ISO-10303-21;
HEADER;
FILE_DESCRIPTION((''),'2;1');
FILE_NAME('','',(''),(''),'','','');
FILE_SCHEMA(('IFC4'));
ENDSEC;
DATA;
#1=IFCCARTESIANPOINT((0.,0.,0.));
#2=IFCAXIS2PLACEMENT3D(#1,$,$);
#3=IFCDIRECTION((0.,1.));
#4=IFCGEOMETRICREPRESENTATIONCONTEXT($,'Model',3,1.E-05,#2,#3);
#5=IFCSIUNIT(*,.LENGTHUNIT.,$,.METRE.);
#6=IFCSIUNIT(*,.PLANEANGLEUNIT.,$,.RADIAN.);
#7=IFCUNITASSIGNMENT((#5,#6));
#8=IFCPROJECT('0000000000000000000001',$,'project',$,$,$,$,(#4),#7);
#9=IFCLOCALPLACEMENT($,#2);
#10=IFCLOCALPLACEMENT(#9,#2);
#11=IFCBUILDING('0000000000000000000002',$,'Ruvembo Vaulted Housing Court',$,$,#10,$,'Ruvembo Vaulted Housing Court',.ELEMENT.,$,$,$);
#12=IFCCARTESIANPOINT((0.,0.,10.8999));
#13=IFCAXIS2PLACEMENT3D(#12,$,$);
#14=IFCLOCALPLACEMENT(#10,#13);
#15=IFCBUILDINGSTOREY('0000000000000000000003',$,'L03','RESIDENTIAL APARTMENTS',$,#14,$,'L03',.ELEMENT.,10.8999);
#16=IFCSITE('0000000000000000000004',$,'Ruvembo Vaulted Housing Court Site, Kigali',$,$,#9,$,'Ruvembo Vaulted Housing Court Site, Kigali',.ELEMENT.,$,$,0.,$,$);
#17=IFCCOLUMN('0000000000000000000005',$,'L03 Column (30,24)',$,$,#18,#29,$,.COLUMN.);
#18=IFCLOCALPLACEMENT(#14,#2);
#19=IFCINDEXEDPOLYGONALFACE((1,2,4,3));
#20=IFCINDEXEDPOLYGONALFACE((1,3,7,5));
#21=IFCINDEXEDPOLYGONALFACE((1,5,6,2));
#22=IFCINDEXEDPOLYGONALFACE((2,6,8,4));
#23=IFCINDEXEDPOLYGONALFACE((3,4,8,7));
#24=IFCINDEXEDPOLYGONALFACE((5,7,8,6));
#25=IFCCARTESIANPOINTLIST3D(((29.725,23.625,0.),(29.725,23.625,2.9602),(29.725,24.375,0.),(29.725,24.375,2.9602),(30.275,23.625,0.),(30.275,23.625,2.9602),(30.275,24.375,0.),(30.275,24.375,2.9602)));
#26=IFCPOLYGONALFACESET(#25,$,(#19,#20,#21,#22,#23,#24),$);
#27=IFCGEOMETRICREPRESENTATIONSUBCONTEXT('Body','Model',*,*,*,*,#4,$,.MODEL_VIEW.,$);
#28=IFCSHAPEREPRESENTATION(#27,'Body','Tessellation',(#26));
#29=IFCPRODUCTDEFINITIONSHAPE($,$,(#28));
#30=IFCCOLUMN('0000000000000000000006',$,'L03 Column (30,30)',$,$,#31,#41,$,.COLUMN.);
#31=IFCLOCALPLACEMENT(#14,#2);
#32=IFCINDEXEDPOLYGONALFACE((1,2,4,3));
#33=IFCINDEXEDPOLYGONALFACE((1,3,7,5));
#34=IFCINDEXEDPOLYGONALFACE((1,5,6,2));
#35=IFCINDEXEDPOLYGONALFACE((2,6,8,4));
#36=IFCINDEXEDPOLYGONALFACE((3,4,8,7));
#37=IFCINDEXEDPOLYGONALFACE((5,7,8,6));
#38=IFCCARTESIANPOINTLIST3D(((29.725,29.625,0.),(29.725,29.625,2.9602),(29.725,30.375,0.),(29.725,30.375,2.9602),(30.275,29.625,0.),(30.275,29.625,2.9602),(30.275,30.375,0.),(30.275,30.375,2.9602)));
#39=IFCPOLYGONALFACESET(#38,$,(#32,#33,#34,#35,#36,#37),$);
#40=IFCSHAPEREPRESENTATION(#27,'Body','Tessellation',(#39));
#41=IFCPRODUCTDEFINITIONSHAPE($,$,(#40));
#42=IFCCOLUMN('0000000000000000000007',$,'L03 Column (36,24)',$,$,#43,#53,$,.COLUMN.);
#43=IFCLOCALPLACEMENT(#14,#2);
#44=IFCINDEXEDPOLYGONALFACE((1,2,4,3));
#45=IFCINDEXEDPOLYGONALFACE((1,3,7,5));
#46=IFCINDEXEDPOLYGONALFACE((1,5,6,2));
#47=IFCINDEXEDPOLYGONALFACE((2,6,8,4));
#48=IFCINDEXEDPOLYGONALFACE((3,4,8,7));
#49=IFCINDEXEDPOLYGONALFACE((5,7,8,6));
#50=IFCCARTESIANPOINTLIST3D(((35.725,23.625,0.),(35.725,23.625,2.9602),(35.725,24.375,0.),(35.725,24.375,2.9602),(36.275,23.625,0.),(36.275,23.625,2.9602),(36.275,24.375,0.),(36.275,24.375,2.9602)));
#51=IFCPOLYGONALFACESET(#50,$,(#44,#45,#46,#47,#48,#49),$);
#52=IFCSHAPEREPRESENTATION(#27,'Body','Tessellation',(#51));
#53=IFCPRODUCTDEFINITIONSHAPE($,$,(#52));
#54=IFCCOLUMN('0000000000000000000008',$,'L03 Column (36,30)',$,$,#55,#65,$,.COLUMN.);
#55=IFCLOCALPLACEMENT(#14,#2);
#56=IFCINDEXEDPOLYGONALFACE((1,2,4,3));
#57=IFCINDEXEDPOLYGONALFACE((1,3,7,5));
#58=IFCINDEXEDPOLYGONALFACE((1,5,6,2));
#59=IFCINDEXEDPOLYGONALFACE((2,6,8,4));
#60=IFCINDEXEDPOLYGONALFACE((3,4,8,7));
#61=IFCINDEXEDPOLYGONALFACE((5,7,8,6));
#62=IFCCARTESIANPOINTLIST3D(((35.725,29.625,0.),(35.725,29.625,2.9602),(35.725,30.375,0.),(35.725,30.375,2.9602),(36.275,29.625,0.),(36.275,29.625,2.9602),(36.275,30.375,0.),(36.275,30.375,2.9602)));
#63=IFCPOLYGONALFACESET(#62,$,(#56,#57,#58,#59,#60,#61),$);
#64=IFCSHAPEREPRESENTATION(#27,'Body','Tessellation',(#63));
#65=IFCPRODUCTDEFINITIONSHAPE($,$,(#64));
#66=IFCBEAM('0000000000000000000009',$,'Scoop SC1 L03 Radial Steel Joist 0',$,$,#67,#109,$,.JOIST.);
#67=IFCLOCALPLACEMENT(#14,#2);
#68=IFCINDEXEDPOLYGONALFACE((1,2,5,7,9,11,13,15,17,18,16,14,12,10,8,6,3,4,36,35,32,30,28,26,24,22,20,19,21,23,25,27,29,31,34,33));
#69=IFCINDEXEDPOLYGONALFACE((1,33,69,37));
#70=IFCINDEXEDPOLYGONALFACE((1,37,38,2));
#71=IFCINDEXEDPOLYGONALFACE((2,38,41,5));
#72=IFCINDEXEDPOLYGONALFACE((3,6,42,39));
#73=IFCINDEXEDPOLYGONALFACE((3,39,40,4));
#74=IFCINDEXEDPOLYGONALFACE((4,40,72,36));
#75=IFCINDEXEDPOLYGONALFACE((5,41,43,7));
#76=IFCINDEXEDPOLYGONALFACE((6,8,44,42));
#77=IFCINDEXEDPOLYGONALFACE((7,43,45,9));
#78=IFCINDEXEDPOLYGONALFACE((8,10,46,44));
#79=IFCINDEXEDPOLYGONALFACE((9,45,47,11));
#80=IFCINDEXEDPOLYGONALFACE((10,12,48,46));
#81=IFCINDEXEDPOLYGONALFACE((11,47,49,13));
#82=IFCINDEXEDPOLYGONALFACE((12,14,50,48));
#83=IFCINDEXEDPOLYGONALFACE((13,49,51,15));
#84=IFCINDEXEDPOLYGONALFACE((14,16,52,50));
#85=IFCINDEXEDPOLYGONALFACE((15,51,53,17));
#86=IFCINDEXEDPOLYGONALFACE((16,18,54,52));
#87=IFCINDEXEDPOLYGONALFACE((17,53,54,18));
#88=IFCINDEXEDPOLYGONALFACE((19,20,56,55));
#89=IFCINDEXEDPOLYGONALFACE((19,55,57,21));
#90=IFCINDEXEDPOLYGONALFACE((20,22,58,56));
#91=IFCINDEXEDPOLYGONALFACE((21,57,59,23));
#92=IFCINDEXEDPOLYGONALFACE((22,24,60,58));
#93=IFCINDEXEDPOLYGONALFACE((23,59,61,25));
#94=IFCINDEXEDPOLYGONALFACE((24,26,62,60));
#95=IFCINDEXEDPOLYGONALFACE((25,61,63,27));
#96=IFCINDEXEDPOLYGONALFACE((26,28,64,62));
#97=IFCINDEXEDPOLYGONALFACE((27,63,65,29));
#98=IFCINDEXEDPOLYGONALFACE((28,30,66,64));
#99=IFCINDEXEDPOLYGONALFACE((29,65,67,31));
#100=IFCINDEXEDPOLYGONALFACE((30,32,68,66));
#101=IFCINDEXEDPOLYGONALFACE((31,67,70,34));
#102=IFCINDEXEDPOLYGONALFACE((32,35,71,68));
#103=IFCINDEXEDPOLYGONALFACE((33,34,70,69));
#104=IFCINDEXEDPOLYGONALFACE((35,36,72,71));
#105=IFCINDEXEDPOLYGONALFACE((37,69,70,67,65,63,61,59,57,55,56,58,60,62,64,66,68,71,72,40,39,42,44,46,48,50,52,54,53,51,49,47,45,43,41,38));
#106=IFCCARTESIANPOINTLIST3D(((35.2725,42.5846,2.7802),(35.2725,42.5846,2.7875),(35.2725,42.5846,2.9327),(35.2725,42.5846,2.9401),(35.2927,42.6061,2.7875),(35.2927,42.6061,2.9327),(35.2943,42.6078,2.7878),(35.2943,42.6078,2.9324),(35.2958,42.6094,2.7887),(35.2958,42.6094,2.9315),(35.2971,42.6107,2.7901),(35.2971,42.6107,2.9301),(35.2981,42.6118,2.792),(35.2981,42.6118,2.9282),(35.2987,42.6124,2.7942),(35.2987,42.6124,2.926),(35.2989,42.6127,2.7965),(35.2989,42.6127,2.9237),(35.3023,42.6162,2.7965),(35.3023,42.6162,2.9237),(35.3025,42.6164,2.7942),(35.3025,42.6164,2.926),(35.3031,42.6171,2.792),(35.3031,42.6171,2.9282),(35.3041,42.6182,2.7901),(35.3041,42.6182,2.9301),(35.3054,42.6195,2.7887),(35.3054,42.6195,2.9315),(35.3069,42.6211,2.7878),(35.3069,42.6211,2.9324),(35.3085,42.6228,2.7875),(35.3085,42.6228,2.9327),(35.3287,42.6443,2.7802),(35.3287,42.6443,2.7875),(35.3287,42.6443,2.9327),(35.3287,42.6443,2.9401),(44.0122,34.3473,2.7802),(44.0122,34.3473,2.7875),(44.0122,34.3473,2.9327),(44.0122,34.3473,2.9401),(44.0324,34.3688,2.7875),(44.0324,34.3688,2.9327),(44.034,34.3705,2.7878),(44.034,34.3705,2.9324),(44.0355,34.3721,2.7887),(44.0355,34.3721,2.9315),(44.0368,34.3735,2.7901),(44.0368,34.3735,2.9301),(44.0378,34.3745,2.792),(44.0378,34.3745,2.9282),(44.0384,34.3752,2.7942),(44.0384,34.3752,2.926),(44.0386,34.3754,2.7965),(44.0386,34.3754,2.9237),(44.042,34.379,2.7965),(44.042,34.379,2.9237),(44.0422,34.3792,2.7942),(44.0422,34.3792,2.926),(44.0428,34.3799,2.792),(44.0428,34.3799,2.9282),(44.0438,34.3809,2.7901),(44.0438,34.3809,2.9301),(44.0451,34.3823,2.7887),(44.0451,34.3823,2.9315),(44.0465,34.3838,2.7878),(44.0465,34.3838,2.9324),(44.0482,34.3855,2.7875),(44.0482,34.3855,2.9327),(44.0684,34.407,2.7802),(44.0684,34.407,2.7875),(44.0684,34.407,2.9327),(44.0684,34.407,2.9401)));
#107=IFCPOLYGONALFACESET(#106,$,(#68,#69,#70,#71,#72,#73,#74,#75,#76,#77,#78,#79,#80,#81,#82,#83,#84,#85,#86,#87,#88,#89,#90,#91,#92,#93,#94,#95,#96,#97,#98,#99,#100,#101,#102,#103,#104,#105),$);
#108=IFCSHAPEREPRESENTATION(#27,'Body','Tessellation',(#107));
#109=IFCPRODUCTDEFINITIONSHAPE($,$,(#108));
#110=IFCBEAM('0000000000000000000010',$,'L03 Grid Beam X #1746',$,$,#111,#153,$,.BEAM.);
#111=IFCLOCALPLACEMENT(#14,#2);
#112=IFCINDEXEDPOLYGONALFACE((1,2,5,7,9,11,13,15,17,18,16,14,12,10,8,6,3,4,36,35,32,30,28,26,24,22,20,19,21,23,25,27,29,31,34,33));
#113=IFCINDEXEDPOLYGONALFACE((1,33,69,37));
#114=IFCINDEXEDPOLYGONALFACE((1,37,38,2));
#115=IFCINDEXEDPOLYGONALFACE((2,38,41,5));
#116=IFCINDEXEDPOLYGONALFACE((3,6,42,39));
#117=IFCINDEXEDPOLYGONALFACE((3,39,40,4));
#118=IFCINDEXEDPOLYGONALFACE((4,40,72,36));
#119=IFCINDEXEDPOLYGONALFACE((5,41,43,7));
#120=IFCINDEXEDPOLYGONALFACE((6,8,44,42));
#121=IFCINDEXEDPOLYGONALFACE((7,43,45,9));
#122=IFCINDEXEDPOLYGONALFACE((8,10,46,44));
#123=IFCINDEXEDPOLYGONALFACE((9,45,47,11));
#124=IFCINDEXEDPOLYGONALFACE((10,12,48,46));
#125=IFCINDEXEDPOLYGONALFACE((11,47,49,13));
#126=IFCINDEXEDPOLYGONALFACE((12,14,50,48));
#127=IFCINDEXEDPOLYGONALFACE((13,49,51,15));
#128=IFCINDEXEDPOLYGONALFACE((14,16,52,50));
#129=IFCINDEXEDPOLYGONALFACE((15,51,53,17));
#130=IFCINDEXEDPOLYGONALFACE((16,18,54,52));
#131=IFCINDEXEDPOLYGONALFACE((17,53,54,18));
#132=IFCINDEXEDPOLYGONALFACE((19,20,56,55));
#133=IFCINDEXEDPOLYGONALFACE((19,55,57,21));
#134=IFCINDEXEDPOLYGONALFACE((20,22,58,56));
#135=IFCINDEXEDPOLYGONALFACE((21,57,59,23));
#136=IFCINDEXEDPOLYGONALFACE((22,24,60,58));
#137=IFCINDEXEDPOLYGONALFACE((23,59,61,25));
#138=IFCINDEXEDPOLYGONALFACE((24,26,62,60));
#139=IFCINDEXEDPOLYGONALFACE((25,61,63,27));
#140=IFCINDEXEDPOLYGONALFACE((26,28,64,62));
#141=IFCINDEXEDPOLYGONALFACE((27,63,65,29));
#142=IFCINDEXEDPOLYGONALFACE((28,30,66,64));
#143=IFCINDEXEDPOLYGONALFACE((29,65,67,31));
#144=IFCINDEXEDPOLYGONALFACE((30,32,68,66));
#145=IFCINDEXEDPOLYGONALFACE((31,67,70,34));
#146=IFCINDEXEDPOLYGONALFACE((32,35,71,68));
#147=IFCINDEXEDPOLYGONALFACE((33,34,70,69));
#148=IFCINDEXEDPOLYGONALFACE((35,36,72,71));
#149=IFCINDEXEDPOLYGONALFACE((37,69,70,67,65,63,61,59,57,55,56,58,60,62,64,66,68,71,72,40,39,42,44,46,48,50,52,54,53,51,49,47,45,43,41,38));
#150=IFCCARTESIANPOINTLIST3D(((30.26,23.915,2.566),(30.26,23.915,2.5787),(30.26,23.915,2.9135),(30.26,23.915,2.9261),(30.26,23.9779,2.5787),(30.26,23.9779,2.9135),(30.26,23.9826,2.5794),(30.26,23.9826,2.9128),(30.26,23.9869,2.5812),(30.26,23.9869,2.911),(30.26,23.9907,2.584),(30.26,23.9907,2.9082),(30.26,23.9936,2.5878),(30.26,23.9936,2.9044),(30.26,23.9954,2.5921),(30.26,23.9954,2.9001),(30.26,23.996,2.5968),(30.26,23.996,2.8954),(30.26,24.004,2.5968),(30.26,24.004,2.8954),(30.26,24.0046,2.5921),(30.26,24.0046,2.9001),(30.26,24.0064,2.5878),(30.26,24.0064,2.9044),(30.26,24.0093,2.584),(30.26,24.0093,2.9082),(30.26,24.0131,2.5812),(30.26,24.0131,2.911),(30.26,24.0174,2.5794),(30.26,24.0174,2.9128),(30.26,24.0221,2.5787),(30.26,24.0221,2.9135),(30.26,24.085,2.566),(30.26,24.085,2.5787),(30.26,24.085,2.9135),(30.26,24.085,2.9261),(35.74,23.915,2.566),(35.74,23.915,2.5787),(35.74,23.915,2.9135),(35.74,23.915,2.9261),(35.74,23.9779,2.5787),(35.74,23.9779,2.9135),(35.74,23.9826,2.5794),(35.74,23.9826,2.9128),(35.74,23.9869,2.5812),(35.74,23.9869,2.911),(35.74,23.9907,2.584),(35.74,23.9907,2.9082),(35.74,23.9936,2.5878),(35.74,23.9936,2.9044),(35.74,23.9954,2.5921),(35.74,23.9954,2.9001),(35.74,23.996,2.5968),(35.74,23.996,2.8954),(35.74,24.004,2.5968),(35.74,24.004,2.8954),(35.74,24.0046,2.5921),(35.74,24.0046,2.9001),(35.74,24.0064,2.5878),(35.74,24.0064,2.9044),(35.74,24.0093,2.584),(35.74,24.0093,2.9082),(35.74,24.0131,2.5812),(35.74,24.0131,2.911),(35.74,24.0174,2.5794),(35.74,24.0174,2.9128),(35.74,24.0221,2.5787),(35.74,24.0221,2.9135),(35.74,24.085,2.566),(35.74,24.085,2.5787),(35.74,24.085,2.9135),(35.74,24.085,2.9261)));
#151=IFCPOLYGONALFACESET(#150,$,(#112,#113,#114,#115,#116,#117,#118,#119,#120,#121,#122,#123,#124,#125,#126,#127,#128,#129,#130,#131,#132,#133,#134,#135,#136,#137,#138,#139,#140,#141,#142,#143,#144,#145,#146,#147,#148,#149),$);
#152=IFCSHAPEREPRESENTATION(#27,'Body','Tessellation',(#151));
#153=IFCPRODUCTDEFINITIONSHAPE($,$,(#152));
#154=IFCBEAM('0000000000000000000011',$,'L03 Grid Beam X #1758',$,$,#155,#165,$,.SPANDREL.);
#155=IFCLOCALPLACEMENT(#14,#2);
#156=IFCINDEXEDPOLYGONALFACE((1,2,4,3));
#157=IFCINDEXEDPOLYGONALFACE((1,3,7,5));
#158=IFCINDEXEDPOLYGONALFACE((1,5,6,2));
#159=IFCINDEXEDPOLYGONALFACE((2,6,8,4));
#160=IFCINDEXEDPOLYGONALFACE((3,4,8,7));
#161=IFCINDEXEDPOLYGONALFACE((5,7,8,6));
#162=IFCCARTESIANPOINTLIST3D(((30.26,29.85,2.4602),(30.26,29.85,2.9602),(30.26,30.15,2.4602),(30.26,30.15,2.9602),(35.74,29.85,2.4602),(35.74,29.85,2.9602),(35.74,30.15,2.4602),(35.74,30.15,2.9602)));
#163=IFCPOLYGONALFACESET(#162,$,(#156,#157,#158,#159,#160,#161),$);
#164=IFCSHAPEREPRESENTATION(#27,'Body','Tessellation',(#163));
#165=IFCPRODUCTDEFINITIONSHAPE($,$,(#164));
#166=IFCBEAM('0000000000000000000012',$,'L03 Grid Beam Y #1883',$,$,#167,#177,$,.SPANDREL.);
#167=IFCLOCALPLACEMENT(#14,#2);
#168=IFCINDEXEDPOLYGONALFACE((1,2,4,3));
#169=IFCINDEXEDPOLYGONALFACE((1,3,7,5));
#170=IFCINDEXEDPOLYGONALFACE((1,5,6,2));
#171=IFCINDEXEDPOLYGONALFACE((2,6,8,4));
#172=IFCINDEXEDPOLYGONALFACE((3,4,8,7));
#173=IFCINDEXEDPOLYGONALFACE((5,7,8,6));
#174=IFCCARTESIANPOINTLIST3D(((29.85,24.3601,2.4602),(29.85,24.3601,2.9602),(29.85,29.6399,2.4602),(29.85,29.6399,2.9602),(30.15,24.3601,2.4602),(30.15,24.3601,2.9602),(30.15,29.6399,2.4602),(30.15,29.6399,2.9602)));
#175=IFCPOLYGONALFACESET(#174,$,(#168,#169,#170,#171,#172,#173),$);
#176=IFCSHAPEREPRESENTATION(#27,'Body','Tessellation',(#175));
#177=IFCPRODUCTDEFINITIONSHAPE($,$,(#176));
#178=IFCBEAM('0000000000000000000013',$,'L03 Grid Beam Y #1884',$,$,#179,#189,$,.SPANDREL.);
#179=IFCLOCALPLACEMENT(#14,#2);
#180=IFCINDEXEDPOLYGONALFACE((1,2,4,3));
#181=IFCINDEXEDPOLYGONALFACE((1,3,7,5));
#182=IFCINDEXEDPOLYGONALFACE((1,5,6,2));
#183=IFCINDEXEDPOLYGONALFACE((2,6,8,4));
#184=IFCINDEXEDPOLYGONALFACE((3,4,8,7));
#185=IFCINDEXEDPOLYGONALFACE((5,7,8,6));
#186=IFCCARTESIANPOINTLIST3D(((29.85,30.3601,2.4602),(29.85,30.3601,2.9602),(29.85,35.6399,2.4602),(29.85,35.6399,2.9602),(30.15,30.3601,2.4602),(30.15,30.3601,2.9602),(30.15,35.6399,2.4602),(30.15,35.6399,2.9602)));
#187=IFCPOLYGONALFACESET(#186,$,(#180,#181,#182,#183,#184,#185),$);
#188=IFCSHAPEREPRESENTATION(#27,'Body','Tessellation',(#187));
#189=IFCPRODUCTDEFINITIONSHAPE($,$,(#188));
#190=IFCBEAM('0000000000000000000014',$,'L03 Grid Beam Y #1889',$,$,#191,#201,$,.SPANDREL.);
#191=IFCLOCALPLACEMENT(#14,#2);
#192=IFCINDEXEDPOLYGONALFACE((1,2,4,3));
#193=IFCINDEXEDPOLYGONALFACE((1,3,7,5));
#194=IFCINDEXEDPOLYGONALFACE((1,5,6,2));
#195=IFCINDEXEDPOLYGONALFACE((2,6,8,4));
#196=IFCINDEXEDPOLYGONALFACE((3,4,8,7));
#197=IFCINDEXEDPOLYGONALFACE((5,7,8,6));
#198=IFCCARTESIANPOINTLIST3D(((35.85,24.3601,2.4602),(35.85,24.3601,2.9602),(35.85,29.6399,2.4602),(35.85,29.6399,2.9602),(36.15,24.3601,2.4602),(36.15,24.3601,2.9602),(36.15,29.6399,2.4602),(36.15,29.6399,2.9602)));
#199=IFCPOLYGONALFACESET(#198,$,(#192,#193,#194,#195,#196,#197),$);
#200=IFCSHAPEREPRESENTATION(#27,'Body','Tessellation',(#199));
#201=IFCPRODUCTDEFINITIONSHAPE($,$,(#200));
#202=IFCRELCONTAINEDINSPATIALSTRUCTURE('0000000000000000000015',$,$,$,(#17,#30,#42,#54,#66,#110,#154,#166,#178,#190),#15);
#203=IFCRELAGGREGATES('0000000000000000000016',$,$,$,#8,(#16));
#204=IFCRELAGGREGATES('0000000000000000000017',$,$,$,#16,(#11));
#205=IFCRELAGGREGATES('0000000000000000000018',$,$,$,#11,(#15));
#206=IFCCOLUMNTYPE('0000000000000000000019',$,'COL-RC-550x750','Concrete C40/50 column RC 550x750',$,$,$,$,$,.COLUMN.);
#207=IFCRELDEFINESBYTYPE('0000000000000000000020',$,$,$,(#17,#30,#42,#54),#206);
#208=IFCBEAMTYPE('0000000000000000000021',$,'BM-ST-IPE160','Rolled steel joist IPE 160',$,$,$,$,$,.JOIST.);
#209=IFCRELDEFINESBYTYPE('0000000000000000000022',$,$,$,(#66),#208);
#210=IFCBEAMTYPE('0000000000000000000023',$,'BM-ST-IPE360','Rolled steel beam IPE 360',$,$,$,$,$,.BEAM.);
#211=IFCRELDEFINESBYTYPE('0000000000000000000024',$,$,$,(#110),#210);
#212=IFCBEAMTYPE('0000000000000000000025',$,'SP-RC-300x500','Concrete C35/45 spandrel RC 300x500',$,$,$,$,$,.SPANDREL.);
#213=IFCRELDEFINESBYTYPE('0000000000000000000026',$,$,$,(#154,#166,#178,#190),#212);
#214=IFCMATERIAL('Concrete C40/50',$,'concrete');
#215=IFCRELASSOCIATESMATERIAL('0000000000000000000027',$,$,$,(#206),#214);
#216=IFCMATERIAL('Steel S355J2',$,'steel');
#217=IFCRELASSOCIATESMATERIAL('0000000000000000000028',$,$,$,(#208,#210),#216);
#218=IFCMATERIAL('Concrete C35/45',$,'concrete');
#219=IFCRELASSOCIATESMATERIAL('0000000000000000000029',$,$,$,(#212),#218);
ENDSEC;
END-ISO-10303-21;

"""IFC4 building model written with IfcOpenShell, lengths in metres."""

from ifc_helpers import new_model, si_unit, direction, frame, origin, origin_2d, place, context, subcontext, project, spatial, rectangle, i_section, extrude, material, material_profile, profile_set, type_object, element, save


model = new_model("IFC4")

# Units and contexts
model_context = context("Model", 3, precision=1e-05, world=origin(), true_north=direction((0.0, 1.0)))
body_context = subcontext(model_context, "Body", "Model", "MODEL_VIEW")
ifc_project = project(units=[si_unit("LENGTHUNIT", "METRE"), si_unit("PLANEANGLEUNIT", "RADIAN")], contexts=[model_context])

# Site, building, storey
site_placement = place(None, origin())
site = spatial("IfcSite", under=ifc_project, at=site_placement, Name="Ruvembo Vaulted Housing Court Site, Kigali", LongName="Ruvembo Vaulted Housing Court Site, Kigali", CompositionType="ELEMENT", RefElevation=0.0)
building_placement = place(site_placement, origin())
building = spatial("IfcBuilding", under=site, at=building_placement, Name="Ruvembo Vaulted Housing Court", LongName="Ruvembo Vaulted Housing Court", CompositionType="ELEMENT")
storey_placement = place(building_placement, frame((0.0, 0.0, 10.8999)))
storey = spatial("IfcBuildingStorey", under=building, at=storey_placement, Name="L03", Description="RESIDENTIAL APARTMENTS", LongName="L03", CompositionType="ELEMENT", Elevation=10.8999)

# Columns
ifc_material_1 = material(Name="Concrete C40/50", Category="concrete")
ifc_material_profile_1 = material_profile(ifc_material_1, rectangle(XDim=0.55, YDim=0.75, at=origin_2d()), Name="RC 550x750")
ifc_profile_set_1 = profile_set([ifc_material_profile_1], Name="Concrete C40/50")
column_type = type_object("IfcColumnType", Name="COL-RC-550x750", Description="Concrete C40/50 column RC 550x750", PredefinedType="COLUMN", material=ifc_profile_set_1)
for number, where, z_axis, x_axis, name in (
    (1, (30.0, 24.0, 0.0), (0.0, 0.0, 1.0), (1.0, 0.0, 0.0), "L03 Column (30,24)"),
    (2, (30.0, 30.0, 0.0), (0.0, 0.0, 1.0), (1.0, 0.0, 0.0), "L03 Column (30,30)"),
    (3, (36.0, 24.0, 0.0), (0.0, 0.0, 1.0), (1.0, 0.0, 0.0), "L03 Column (36,24)"),
    (4, (36.0, 30.0, 0.0), (0.0, 0.0, 1.0), (1.0, 0.0, 0.0), "L03 Column (36,30)"),
):
    element("IfcColumn", number, at=place(storey_placement, frame(where, z_axis=z_axis, x_axis=x_axis)), inside=storey, type_object=column_type, Name=name, PredefinedType="COLUMN", context=body_context, shape_type="SweptSolid", body=[
        extrude(rectangle(XDim=0.55, YDim=0.75, at=origin_2d()), origin(), (0.0, 0.0, 1.0), 2.9602),
    ])

# Beams
ifc_material_2 = material(Name="Steel S355J2", Category="steel")
ifc_material_profile_2 = material_profile(ifc_material_2, i_section(OverallWidth=0.082, OverallDepth=0.1599, WebThickness=0.0049, FlangeThickness=0.0073, FilletRadius=0.009, at=origin_2d()), Name="IPE 160")
ifc_profile_set_2 = profile_set([ifc_material_profile_2], Name="Steel S355J2")
beam_type_1 = type_object("IfcBeamType", Name="BM-ST-IPE160", Description="Rolled steel joist IPE 160", PredefinedType="JOIST", material=ifc_profile_set_2)
beam_1_placement = place(storey_placement, frame((44.0403, 34.3772, 2.8601), z_axis=(-0.727715, 0.685879, 0.0), x_axis=(-0.685879, -0.727715, 0.0)))
element("IfcBeam", 5, at=beam_1_placement, inside=storey, type_object=beam_type_1, Name="Scoop SC1 L03 Radial Steel Joist 0", PredefinedType="JOIST", context=body_context, shape_type="SweptSolid", body=[
    extrude(i_section(OverallWidth=0.082, OverallDepth=0.1599, WebThickness=0.0049, FlangeThickness=0.0073, FilletRadius=0.009, at=origin_2d()), origin(), (0.0, 0.0, 1.0), 12.0098),
])
ifc_material_profile_3 = material_profile(ifc_material_2, i_section(OverallWidth=0.1699, OverallDepth=0.3601, WebThickness=0.0081, FlangeThickness=0.0127, FilletRadius=0.0181, at=origin_2d()), Name="IPE 360")
ifc_profile_set_3 = profile_set([ifc_material_profile_3], Name="Steel S355J2")
beam_type_2 = type_object("IfcBeamType", Name="BM-ST-IPE360", Description="Rolled steel beam IPE 360", PredefinedType="BEAM", material=ifc_profile_set_3)
beam_2_placement = place(storey_placement, frame((30.26, 24.0, 2.7461), z_axis=(1.0, 0.0, 0.0), x_axis=(0.0, 1.0, 0.0)))
element("IfcBeam", 6, at=beam_2_placement, inside=storey, type_object=beam_type_2, Name="L03 Grid Beam X #1746", PredefinedType="BEAM", context=body_context, shape_type="SweptSolid", body=[
    extrude(i_section(OverallWidth=0.1699, OverallDepth=0.3601, WebThickness=0.0081, FlangeThickness=0.0127, FilletRadius=0.0181, at=origin_2d()), origin(), (0.0, 0.0, 1.0), 5.48),
])
ifc_material_3 = material(Name="Concrete C35/45", Category="concrete")
ifc_material_profile_4 = material_profile(ifc_material_3, rectangle(XDim=0.3, YDim=0.5, at=origin_2d()), Name="RC 300x500")
ifc_profile_set_4 = profile_set([ifc_material_profile_4], Name="Concrete C35/45")
beam_type_3 = type_object("IfcBeamType", Name="SP-RC-300x500", Description="Concrete C35/45 spandrel RC 300x500", PredefinedType="SPANDREL", material=ifc_profile_set_4)
beam_3_placement = place(storey_placement, frame((30.26, 30.0, 2.7102), z_axis=(1.0, 0.0, 0.0), x_axis=(0.0, 1.0, 0.0)))
element("IfcBeam", 7, at=beam_3_placement, inside=storey, type_object=beam_type_3, Name="L03 Grid Beam X #1758", PredefinedType="SPANDREL", context=body_context, shape_type="SweptSolid", body=[
    extrude(rectangle(XDim=0.3, YDim=0.5, at=origin_2d()), origin(), (0.0, 0.0, 1.0), 5.48),
])
for number, where, z_axis, x_axis, name in (
    (8, (30.0, 24.3601, 2.7102), (0.0, 1.0, 0.0), (-1.0, 0.0, 0.0), "L03 Grid Beam Y #1883"),
    (9, (30.0, 30.3601, 2.7102), (0.0, 1.0, 0.0), (-1.0, 0.0, 0.0), "L03 Grid Beam Y #1884"),
    (10, (36.0, 24.3601, 2.7102), (0.0, 1.0, 0.0), (-1.0, 0.0, 0.0), "L03 Grid Beam Y #1889"),
):
    element("IfcBeam", number, at=place(storey_placement, frame(where, z_axis=z_axis, x_axis=x_axis)), inside=storey, type_object=beam_type_3, Name=name, PredefinedType="SPANDREL", context=body_context, shape_type="SweptSolid", body=[
        extrude(rectangle(XDim=0.3, YDim=0.5, at=origin_2d()), origin(), (0.0, 0.0, 1.0), 5.2798),
    ])

save(model, "model.ifc")
